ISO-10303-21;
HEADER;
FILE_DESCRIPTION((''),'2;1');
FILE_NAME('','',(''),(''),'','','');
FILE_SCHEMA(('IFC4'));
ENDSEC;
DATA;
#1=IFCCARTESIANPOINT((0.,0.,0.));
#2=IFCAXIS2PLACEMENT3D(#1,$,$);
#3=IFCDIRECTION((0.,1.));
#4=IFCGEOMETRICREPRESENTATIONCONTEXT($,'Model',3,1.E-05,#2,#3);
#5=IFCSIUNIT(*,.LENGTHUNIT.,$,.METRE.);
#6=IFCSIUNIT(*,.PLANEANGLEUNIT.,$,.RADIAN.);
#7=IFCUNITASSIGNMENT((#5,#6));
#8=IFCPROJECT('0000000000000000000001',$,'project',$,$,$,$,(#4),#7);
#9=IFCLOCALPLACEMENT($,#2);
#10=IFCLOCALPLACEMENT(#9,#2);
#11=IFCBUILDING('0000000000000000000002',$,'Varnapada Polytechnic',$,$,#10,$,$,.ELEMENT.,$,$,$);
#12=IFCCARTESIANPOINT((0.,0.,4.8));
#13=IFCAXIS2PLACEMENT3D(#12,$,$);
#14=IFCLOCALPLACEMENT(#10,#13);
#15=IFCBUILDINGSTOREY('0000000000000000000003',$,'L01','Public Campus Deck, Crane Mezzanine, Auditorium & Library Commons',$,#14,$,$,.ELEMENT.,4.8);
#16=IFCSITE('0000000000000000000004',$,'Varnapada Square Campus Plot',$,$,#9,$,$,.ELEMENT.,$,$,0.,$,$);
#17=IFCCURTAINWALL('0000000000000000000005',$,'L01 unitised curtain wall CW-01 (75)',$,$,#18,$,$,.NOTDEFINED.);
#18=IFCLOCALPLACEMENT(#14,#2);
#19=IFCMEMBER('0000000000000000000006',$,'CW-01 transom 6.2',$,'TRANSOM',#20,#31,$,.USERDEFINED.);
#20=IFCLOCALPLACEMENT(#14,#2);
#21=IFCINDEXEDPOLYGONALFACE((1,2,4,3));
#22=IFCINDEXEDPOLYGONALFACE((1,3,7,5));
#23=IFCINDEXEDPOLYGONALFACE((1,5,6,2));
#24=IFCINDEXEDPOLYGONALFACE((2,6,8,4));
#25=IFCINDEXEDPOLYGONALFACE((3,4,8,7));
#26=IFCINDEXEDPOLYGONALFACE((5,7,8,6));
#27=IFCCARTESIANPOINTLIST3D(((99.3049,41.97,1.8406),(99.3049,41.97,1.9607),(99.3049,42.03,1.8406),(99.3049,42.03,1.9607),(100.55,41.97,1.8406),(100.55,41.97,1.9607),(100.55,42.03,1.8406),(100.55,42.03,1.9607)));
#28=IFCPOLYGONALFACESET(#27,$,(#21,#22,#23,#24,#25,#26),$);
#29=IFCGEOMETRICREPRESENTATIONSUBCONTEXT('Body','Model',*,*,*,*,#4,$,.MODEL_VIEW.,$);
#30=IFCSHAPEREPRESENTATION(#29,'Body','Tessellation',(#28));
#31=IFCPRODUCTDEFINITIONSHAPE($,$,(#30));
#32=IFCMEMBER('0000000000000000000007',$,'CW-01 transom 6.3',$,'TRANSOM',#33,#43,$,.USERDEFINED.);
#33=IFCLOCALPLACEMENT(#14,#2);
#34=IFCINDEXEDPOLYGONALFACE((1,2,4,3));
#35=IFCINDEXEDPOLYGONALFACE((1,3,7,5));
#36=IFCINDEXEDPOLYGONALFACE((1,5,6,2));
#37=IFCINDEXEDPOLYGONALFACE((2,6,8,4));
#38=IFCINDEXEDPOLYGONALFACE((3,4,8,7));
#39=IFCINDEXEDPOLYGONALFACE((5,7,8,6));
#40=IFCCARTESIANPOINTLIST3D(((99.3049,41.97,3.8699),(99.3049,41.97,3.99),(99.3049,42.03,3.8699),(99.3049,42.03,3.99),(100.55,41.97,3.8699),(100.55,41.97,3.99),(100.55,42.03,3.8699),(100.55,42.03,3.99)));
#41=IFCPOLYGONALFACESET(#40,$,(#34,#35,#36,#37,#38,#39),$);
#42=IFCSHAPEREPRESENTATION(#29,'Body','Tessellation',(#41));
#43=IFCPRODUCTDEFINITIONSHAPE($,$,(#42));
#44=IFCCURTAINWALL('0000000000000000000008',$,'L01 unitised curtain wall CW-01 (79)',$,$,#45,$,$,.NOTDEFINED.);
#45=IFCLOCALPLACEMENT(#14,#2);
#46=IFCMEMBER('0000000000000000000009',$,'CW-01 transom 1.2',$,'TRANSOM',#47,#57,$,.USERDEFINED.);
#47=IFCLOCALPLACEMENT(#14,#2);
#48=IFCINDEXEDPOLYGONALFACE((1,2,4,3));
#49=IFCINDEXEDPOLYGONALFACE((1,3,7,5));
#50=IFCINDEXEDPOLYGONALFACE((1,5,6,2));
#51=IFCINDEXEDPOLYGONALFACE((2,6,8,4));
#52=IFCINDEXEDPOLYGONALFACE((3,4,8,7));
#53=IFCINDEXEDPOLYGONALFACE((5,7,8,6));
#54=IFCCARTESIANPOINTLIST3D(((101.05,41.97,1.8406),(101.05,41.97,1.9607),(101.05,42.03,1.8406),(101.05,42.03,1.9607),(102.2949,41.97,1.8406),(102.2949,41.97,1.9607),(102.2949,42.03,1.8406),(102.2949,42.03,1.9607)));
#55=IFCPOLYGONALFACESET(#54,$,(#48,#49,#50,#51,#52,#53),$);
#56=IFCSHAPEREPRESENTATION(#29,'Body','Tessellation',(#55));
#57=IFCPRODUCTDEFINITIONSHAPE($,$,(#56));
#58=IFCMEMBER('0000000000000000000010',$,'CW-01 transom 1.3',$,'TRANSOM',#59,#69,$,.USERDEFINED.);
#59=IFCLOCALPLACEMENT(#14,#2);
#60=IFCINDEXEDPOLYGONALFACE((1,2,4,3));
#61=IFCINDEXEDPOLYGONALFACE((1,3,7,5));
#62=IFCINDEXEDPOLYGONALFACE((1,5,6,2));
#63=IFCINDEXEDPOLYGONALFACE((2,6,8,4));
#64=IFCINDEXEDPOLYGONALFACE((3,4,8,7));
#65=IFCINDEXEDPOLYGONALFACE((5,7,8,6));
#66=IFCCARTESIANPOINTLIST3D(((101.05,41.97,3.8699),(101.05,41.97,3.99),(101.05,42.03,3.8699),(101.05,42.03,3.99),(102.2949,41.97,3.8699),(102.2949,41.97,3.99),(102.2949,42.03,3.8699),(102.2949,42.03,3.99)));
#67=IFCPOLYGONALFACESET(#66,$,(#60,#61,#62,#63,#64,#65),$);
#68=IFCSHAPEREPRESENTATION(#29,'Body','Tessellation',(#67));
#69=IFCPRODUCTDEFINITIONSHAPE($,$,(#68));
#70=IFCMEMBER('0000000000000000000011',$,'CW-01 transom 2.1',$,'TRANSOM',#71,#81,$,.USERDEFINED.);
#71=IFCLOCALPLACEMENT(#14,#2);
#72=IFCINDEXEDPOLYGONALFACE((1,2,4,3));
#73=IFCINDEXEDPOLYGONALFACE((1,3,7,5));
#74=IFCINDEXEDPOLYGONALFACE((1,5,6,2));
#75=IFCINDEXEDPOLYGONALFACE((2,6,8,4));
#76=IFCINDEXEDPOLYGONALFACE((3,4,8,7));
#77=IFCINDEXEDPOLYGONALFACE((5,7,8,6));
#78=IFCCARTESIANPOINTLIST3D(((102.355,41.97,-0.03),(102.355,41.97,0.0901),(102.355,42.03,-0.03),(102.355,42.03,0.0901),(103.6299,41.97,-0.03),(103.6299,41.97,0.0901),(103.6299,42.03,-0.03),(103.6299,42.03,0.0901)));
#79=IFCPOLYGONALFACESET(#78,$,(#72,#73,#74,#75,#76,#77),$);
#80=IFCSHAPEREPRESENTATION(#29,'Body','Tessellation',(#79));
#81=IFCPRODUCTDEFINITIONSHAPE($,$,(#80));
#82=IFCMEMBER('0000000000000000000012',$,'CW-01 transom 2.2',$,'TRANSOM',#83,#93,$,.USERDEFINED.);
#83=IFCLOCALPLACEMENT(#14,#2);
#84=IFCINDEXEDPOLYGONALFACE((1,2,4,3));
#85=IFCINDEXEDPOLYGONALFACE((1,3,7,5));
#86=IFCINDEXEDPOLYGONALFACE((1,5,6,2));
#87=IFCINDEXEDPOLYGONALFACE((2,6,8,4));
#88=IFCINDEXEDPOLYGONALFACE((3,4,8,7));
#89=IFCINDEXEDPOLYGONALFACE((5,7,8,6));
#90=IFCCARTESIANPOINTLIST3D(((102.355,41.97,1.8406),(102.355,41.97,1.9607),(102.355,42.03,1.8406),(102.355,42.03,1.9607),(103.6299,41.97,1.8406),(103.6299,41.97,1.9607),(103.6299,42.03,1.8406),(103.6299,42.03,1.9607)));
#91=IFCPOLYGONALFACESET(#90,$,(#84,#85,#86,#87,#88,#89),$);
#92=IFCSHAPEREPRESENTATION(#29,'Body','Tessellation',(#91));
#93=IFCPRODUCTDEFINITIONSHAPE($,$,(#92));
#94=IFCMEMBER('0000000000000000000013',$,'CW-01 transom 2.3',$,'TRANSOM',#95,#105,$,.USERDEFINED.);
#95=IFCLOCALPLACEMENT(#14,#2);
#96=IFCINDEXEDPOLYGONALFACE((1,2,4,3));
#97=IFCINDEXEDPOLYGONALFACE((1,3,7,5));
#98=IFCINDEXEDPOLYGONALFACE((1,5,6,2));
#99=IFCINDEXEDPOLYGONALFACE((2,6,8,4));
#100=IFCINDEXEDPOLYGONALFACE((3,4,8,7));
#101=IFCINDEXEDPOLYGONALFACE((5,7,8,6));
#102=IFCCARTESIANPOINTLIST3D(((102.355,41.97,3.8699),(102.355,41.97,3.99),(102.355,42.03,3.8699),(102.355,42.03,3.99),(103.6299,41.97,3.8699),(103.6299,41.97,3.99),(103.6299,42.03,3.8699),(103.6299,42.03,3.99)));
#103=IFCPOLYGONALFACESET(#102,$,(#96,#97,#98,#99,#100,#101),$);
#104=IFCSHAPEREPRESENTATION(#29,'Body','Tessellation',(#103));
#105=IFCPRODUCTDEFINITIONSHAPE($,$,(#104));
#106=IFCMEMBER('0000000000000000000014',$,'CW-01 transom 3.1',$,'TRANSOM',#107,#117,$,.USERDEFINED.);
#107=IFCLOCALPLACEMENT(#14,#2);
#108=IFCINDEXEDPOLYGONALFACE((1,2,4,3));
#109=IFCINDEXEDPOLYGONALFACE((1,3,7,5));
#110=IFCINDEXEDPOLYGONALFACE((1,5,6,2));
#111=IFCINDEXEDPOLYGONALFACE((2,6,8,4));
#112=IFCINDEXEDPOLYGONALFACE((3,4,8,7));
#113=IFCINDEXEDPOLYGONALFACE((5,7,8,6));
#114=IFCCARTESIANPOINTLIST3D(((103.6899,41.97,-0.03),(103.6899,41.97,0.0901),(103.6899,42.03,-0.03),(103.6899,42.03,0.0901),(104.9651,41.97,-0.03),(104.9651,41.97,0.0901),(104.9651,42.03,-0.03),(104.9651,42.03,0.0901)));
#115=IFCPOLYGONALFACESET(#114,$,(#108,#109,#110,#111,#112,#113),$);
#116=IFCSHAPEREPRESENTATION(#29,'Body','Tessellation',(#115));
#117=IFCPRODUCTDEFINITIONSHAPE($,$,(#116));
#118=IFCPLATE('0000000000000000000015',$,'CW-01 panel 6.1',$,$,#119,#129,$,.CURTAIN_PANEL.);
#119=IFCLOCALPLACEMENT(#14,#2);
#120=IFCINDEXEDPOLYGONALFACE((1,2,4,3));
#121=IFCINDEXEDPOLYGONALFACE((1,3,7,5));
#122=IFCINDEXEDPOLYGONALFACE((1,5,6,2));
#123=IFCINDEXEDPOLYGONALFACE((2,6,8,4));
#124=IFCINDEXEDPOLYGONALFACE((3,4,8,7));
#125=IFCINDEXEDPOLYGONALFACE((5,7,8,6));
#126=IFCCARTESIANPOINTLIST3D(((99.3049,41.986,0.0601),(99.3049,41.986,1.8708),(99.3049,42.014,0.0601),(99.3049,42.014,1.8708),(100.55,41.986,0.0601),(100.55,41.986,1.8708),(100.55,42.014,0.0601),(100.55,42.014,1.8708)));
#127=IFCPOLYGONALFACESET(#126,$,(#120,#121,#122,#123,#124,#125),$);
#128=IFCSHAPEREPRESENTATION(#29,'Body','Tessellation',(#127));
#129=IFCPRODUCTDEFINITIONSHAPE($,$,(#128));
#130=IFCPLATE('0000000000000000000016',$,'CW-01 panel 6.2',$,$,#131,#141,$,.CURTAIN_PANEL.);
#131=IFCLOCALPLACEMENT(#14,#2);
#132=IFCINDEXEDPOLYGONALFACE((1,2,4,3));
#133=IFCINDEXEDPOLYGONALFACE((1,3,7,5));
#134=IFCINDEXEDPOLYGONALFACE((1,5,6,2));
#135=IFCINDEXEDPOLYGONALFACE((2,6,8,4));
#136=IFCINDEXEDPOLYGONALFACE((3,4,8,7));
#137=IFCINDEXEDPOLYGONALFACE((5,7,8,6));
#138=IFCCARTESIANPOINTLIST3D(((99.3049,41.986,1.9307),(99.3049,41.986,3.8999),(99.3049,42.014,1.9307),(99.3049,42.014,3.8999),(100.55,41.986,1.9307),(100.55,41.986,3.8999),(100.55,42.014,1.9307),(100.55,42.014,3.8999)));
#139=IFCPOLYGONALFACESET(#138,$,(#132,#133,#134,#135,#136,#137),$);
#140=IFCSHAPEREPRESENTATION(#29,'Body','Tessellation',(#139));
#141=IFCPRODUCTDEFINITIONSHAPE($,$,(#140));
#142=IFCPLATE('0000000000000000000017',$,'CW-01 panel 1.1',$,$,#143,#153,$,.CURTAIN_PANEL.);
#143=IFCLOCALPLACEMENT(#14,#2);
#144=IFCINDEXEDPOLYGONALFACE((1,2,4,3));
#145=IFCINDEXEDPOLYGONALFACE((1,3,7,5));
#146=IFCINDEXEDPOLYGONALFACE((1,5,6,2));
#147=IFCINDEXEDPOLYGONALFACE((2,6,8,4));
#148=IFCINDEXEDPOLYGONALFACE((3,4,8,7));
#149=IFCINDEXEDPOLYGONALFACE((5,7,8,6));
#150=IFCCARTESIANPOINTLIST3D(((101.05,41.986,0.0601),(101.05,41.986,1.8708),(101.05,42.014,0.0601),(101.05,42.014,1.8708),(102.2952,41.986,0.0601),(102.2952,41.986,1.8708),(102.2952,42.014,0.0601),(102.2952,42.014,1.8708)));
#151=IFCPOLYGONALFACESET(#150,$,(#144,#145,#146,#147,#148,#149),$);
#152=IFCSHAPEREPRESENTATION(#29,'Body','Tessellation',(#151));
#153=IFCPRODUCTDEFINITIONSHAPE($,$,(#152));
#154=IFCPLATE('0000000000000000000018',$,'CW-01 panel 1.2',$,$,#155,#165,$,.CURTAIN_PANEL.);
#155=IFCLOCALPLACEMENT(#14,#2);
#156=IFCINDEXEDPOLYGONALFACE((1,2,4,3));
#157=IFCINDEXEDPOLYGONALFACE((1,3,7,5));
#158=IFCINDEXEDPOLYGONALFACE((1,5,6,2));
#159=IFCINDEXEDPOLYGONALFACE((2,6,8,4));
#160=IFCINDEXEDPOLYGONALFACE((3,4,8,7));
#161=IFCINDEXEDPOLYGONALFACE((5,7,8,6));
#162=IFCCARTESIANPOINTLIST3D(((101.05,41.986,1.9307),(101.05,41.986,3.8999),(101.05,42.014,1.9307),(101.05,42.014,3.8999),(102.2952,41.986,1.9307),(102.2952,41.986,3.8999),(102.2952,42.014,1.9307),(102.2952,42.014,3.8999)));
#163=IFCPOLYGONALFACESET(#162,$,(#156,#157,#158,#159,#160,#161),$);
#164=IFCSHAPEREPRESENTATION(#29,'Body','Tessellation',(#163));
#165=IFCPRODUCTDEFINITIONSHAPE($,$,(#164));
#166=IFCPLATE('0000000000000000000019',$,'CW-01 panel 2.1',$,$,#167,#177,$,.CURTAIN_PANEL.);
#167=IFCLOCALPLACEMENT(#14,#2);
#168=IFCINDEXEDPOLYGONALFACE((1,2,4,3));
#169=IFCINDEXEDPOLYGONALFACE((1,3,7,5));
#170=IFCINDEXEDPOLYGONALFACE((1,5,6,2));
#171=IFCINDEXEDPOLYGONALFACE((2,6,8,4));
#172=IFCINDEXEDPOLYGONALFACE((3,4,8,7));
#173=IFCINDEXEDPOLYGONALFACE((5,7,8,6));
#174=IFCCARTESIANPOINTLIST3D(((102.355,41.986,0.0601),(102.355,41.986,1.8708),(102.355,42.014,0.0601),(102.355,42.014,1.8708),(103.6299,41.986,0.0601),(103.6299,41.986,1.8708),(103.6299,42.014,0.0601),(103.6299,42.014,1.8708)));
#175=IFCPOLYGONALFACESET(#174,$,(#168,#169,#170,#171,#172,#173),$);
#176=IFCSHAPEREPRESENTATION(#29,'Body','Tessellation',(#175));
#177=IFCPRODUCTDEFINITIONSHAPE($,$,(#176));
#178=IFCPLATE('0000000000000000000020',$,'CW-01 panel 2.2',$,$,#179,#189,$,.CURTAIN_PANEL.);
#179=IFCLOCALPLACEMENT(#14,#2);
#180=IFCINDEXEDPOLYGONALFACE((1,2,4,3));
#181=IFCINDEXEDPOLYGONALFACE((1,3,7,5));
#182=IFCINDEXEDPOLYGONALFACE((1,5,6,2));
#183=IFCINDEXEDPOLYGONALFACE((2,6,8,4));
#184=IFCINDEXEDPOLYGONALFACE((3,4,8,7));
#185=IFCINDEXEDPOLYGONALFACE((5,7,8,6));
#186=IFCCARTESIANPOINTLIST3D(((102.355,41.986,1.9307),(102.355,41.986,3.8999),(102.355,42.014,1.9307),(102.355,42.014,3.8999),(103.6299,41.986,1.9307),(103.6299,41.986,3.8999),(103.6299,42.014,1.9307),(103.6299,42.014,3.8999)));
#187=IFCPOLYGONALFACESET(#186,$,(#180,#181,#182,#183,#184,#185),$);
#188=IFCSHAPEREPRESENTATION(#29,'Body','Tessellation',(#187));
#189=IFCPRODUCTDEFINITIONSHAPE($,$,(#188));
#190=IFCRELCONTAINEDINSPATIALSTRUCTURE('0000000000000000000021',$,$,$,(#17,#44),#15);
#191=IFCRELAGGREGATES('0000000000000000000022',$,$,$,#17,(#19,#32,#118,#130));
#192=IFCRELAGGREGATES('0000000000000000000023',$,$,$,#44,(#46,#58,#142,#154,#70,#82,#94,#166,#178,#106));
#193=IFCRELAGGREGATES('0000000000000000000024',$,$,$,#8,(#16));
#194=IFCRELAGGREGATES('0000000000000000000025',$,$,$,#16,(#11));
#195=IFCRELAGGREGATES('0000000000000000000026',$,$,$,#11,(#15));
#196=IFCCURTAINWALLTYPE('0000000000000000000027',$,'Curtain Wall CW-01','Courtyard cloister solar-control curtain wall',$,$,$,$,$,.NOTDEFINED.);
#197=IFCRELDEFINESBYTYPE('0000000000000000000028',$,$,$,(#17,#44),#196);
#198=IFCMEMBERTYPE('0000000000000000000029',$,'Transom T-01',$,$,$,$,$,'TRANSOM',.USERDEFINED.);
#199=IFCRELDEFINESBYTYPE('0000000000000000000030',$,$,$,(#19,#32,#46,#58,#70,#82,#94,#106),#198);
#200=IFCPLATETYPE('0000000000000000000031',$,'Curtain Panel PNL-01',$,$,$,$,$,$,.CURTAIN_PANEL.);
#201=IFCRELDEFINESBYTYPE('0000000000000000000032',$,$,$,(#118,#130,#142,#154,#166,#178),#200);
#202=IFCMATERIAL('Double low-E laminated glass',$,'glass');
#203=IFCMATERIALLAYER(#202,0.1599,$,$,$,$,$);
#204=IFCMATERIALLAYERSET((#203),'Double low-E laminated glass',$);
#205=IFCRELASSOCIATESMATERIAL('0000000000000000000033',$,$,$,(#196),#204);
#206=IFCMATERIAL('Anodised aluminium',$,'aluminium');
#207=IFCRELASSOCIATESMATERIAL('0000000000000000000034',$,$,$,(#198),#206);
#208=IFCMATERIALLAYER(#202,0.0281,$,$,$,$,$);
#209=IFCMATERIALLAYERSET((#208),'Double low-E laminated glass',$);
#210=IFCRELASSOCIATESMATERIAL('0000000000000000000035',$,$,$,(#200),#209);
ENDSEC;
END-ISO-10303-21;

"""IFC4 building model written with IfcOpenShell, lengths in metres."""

from ifc_helpers import new_model, si_unit, direction, frame, origin, origin_2d, place, context, subcontext, project, spatial, rectangle, extrude, material, layer, layer_set, material_profile, profile_set, type_object, element, aggregate, save


model = new_model("IFC4")

# Units and contexts
model_context = context("Model", 3, precision=1e-05, world=origin(), true_north=direction((0.0, 1.0)))
body_context = subcontext(model_context, "Body", "Model", "MODEL_VIEW")
ifc_project = project(units=[si_unit("LENGTHUNIT", "METRE"), si_unit("PLANEANGLEUNIT", "RADIAN")], contexts=[model_context])

# Site, building, storey
site_placement = place(None, origin())
site = spatial("IfcSite", under=ifc_project, at=site_placement, Name="Varnapada Square Campus Plot", CompositionType="ELEMENT", RefElevation=0.0)
building_placement = place(site_placement, origin())
building = spatial("IfcBuilding", under=site, at=building_placement, Name="Varnapada Polytechnic", CompositionType="ELEMENT")
storey_placement = place(building_placement, frame((0.0, 0.0, 4.8)))
storey = spatial("IfcBuildingStorey", under=building, at=storey_placement, Name="L01", Description="Public Campus Deck, Crane Mezzanine, Auditorium & Library Commons", CompositionType="ELEMENT", Elevation=4.8)

# Curtain walls, members
ifc_material_1 = material(Name="Double low-E laminated glass", Category="glass")
ifc_layer_1 = layer(ifc_material_1, 0.1599)
ifc_layer_set_1 = layer_set([ifc_layer_1], Name="Double low-E laminated glass")
curtain_wall_type = type_object("IfcCurtainWallType", Name="Curtain Wall CW-01", Description="Courtyard cloister solar-control curtain wall", PredefinedType="NOTDEFINED", material=ifc_layer_set_1)
curtain_wall_1_placement = place(storey_placement, origin())
curtain_wall_1 = element("IfcCurtainWall", 1, at=curtain_wall_1_placement, inside=storey, type_object=curtain_wall_type, Name="L01 unitised curtain wall CW-01 (75)", PredefinedType="NOTDEFINED")
ifc_material_2 = material(Name="Anodised aluminium", Category="aluminium")
ifc_material_profile = material_profile(ifc_material_2, rectangle(XDim=0.0601, YDim=0.1201, at=origin_2d()), Name="ALU T60x120")
ifc_profile_set = profile_set([ifc_material_profile], Name="Anodised aluminium")
member_type = type_object("IfcMemberType", Name="Transom T-01", ElementType="TRANSOM", PredefinedType="USERDEFINED", material=ifc_profile_set)
member_1_placement = place(storey_placement, frame((99.3049, 42.0, 1.9006), z_axis=(1.0, 0.0, 0.0), x_axis=(0.0, 1.0, 0.0)))
member_1 = element("IfcMember", 2, at=member_1_placement, type_object=member_type, Name="CW-01 transom 6.2", ObjectType="TRANSOM", PredefinedType="USERDEFINED", context=body_context, shape_type="SweptSolid", body=[
    extrude(rectangle(XDim=0.0601, YDim=0.1201, at=origin_2d()), origin(), (0.0, 0.0, 1.0), 1.2451),
])
member_2_placement = place(storey_placement, frame((99.3049, 42.0, 3.9299), z_axis=(1.0, 0.0, 0.0), x_axis=(0.0, 1.0, 0.0)))
member_2 = element("IfcMember", 3, at=member_2_placement, type_object=member_type, Name="CW-01 transom 6.3", ObjectType="TRANSOM", PredefinedType="USERDEFINED", context=body_context, shape_type="SweptSolid", body=[
    extrude(rectangle(XDim=0.0601, YDim=0.1201, at=origin_2d()), origin(), (0.0, 0.0, 1.0), 1.2451),
])
curtain_wall_2_placement = place(storey_placement, origin())
curtain_wall_2 = element("IfcCurtainWall", 4, at=curtain_wall_2_placement, inside=storey, type_object=curtain_wall_type, Name="L01 unitised curtain wall CW-01 (79)", PredefinedType="NOTDEFINED")
member_3_placement = place(storey_placement, frame((101.05, 42.0, 1.9006), z_axis=(1.0, 0.0, 0.0), x_axis=(0.0, 1.0, 0.0)))
member_3 = element("IfcMember", 5, at=member_3_placement, type_object=member_type, Name="CW-01 transom 1.2", ObjectType="TRANSOM", PredefinedType="USERDEFINED", context=body_context, shape_type="SweptSolid", body=[
    extrude(rectangle(XDim=0.0601, YDim=0.1201, at=origin_2d()), origin(), (0.0, 0.0, 1.0), 1.2449),
])
member_4_placement = place(storey_placement, frame((101.05, 42.0, 3.9299), z_axis=(1.0, 0.0, 0.0), x_axis=(0.0, 1.0, 0.0)))
member_4 = element("IfcMember", 6, at=member_4_placement, type_object=member_type, Name="CW-01 transom 1.3", ObjectType="TRANSOM", PredefinedType="USERDEFINED", context=body_context, shape_type="SweptSolid", body=[
    extrude(rectangle(XDim=0.0601, YDim=0.1201, at=origin_2d()), origin(), (0.0, 0.0, 1.0), 1.2449),
])
member_5_placement = place(storey_placement, frame((102.355, 42.0, 0.03), z_axis=(1.0, 0.0, 0.0), x_axis=(0.0, 1.0, 0.0)))
member_5 = element("IfcMember", 7, at=member_5_placement, type_object=member_type, Name="CW-01 transom 2.1", ObjectType="TRANSOM", PredefinedType="USERDEFINED", context=body_context, shape_type="SweptSolid", body=[
    extrude(rectangle(XDim=0.0601, YDim=0.1201, at=origin_2d()), origin(), (0.0, 0.0, 1.0), 1.2749),
])
member_6_placement = place(storey_placement, frame((102.355, 42.0, 1.9006), z_axis=(1.0, 0.0, 0.0), x_axis=(0.0, 1.0, 0.0)))
member_6 = element("IfcMember", 8, at=member_6_placement, type_object=member_type, Name="CW-01 transom 2.2", ObjectType="TRANSOM", PredefinedType="USERDEFINED", context=body_context, shape_type="SweptSolid", body=[
    extrude(rectangle(XDim=0.0601, YDim=0.1201, at=origin_2d()), origin(), (0.0, 0.0, 1.0), 1.2749),
])
member_7_placement = place(storey_placement, frame((102.355, 42.0, 3.9299), z_axis=(1.0, 0.0, 0.0), x_axis=(0.0, 1.0, 0.0)))
member_7 = element("IfcMember", 9, at=member_7_placement, type_object=member_type, Name="CW-01 transom 2.3", ObjectType="TRANSOM", PredefinedType="USERDEFINED", context=body_context, shape_type="SweptSolid", body=[
    extrude(rectangle(XDim=0.0601, YDim=0.1201, at=origin_2d()), origin(), (0.0, 0.0, 1.0), 1.2749),
])
member_8_placement = place(storey_placement, frame((103.6899, 42.0, 0.03), z_axis=(1.0, 0.0, 0.0), x_axis=(0.0, 1.0, 0.0)))
member_8 = element("IfcMember", 10, at=member_8_placement, type_object=member_type, Name="CW-01 transom 3.1", ObjectType="TRANSOM", PredefinedType="USERDEFINED", context=body_context, shape_type="SweptSolid", body=[
    extrude(rectangle(XDim=0.0601, YDim=0.1201, at=origin_2d()), origin(), (0.0, 0.0, 1.0), 1.2751),
])

# Plates
ifc_layer_2 = layer(ifc_material_1, 0.0281)
ifc_layer_set_2 = layer_set([ifc_layer_2], Name="Double low-E laminated glass")
plate_type = type_object("IfcPlateType", Name="Curtain Panel PNL-01", PredefinedType="CURTAIN_PANEL", material=ifc_layer_set_2)
plate_1_placement = place(storey_placement, frame((99.9275, 42.0, 0.0601), z_axis=(0.0, 0.0, 1.0), x_axis=(1.0, 0.0, 0.0)))
plate_1 = element("IfcPlate", 11, at=plate_1_placement, type_object=plate_type, Name="CW-01 panel 6.1", PredefinedType="CURTAIN_PANEL", context=body_context, shape_type="SweptSolid", body=[
    extrude(rectangle(XDim=1.2451, YDim=0.0281, at=origin_2d()), origin(), (0.0, 0.0, 1.0), 1.8108),
])
plate_2_placement = place(storey_placement, frame((99.9275, 42.0, 1.9307), z_axis=(0.0, 0.0, 1.0), x_axis=(1.0, 0.0, 0.0)))
plate_2 = element("IfcPlate", 12, at=plate_2_placement, type_object=plate_type, Name="CW-01 panel 6.2", PredefinedType="CURTAIN_PANEL", context=body_context, shape_type="SweptSolid", body=[
    extrude(rectangle(XDim=1.2451, YDim=0.0281, at=origin_2d()), origin(), (0.0, 0.0, 1.0), 1.9692),
])
aggregate(curtain_wall_1, [member_1, member_2, plate_1, plate_2])
plate_3_placement = place(storey_placement, frame((101.6726, 42.0, 0.0601), z_axis=(0.0, 0.0, 1.0), x_axis=(1.0, 0.0, 0.0)))
plate_3 = element("IfcPlate", 13, at=plate_3_placement, type_object=plate_type, Name="CW-01 panel 1.1", PredefinedType="CURTAIN_PANEL", context=body_context, shape_type="SweptSolid", body=[
    extrude(rectangle(XDim=1.2451, YDim=0.0281, at=origin_2d()), origin(), (0.0, 0.0, 1.0), 1.8108),
])
plate_4_placement = place(storey_placement, frame((101.6726, 42.0, 1.9307), z_axis=(0.0, 0.0, 1.0), x_axis=(1.0, 0.0, 0.0)))
plate_4 = element("IfcPlate", 14, at=plate_4_placement, type_object=plate_type, Name="CW-01 panel 1.2", PredefinedType="CURTAIN_PANEL", context=body_context, shape_type="SweptSolid", body=[
    extrude(rectangle(XDim=1.2451, YDim=0.0281, at=origin_2d()), origin(), (0.0, 0.0, 1.0), 1.9692),
])
plate_5_placement = place(storey_placement, frame((102.9924, 42.0, 0.0601), z_axis=(0.0, 0.0, 1.0), x_axis=(1.0, 0.0, 0.0)))
plate_5 = element("IfcPlate", 15, at=plate_5_placement, type_object=plate_type, Name="CW-01 panel 2.1", PredefinedType="CURTAIN_PANEL", context=body_context, shape_type="SweptSolid", body=[
    extrude(rectangle(XDim=1.2749, YDim=0.0281, at=origin_2d()), origin(), (0.0, 0.0, 1.0), 1.8108),
])
plate_6_placement = place(storey_placement, frame((102.9924, 42.0, 1.9307), z_axis=(0.0, 0.0, 1.0), x_axis=(1.0, 0.0, 0.0)))
plate_6 = element("IfcPlate", 16, at=plate_6_placement, type_object=plate_type, Name="CW-01 panel 2.2", PredefinedType="CURTAIN_PANEL", context=body_context, shape_type="SweptSolid", body=[
    extrude(rectangle(XDim=1.2749, YDim=0.0281, at=origin_2d()), origin(), (0.0, 0.0, 1.0), 1.9692),
])
aggregate(curtain_wall_2, [member_3, member_4, plate_3, plate_4, member_5, member_6, member_7, plate_5, plate_6, member_8])

save(model, "model.ifc")
